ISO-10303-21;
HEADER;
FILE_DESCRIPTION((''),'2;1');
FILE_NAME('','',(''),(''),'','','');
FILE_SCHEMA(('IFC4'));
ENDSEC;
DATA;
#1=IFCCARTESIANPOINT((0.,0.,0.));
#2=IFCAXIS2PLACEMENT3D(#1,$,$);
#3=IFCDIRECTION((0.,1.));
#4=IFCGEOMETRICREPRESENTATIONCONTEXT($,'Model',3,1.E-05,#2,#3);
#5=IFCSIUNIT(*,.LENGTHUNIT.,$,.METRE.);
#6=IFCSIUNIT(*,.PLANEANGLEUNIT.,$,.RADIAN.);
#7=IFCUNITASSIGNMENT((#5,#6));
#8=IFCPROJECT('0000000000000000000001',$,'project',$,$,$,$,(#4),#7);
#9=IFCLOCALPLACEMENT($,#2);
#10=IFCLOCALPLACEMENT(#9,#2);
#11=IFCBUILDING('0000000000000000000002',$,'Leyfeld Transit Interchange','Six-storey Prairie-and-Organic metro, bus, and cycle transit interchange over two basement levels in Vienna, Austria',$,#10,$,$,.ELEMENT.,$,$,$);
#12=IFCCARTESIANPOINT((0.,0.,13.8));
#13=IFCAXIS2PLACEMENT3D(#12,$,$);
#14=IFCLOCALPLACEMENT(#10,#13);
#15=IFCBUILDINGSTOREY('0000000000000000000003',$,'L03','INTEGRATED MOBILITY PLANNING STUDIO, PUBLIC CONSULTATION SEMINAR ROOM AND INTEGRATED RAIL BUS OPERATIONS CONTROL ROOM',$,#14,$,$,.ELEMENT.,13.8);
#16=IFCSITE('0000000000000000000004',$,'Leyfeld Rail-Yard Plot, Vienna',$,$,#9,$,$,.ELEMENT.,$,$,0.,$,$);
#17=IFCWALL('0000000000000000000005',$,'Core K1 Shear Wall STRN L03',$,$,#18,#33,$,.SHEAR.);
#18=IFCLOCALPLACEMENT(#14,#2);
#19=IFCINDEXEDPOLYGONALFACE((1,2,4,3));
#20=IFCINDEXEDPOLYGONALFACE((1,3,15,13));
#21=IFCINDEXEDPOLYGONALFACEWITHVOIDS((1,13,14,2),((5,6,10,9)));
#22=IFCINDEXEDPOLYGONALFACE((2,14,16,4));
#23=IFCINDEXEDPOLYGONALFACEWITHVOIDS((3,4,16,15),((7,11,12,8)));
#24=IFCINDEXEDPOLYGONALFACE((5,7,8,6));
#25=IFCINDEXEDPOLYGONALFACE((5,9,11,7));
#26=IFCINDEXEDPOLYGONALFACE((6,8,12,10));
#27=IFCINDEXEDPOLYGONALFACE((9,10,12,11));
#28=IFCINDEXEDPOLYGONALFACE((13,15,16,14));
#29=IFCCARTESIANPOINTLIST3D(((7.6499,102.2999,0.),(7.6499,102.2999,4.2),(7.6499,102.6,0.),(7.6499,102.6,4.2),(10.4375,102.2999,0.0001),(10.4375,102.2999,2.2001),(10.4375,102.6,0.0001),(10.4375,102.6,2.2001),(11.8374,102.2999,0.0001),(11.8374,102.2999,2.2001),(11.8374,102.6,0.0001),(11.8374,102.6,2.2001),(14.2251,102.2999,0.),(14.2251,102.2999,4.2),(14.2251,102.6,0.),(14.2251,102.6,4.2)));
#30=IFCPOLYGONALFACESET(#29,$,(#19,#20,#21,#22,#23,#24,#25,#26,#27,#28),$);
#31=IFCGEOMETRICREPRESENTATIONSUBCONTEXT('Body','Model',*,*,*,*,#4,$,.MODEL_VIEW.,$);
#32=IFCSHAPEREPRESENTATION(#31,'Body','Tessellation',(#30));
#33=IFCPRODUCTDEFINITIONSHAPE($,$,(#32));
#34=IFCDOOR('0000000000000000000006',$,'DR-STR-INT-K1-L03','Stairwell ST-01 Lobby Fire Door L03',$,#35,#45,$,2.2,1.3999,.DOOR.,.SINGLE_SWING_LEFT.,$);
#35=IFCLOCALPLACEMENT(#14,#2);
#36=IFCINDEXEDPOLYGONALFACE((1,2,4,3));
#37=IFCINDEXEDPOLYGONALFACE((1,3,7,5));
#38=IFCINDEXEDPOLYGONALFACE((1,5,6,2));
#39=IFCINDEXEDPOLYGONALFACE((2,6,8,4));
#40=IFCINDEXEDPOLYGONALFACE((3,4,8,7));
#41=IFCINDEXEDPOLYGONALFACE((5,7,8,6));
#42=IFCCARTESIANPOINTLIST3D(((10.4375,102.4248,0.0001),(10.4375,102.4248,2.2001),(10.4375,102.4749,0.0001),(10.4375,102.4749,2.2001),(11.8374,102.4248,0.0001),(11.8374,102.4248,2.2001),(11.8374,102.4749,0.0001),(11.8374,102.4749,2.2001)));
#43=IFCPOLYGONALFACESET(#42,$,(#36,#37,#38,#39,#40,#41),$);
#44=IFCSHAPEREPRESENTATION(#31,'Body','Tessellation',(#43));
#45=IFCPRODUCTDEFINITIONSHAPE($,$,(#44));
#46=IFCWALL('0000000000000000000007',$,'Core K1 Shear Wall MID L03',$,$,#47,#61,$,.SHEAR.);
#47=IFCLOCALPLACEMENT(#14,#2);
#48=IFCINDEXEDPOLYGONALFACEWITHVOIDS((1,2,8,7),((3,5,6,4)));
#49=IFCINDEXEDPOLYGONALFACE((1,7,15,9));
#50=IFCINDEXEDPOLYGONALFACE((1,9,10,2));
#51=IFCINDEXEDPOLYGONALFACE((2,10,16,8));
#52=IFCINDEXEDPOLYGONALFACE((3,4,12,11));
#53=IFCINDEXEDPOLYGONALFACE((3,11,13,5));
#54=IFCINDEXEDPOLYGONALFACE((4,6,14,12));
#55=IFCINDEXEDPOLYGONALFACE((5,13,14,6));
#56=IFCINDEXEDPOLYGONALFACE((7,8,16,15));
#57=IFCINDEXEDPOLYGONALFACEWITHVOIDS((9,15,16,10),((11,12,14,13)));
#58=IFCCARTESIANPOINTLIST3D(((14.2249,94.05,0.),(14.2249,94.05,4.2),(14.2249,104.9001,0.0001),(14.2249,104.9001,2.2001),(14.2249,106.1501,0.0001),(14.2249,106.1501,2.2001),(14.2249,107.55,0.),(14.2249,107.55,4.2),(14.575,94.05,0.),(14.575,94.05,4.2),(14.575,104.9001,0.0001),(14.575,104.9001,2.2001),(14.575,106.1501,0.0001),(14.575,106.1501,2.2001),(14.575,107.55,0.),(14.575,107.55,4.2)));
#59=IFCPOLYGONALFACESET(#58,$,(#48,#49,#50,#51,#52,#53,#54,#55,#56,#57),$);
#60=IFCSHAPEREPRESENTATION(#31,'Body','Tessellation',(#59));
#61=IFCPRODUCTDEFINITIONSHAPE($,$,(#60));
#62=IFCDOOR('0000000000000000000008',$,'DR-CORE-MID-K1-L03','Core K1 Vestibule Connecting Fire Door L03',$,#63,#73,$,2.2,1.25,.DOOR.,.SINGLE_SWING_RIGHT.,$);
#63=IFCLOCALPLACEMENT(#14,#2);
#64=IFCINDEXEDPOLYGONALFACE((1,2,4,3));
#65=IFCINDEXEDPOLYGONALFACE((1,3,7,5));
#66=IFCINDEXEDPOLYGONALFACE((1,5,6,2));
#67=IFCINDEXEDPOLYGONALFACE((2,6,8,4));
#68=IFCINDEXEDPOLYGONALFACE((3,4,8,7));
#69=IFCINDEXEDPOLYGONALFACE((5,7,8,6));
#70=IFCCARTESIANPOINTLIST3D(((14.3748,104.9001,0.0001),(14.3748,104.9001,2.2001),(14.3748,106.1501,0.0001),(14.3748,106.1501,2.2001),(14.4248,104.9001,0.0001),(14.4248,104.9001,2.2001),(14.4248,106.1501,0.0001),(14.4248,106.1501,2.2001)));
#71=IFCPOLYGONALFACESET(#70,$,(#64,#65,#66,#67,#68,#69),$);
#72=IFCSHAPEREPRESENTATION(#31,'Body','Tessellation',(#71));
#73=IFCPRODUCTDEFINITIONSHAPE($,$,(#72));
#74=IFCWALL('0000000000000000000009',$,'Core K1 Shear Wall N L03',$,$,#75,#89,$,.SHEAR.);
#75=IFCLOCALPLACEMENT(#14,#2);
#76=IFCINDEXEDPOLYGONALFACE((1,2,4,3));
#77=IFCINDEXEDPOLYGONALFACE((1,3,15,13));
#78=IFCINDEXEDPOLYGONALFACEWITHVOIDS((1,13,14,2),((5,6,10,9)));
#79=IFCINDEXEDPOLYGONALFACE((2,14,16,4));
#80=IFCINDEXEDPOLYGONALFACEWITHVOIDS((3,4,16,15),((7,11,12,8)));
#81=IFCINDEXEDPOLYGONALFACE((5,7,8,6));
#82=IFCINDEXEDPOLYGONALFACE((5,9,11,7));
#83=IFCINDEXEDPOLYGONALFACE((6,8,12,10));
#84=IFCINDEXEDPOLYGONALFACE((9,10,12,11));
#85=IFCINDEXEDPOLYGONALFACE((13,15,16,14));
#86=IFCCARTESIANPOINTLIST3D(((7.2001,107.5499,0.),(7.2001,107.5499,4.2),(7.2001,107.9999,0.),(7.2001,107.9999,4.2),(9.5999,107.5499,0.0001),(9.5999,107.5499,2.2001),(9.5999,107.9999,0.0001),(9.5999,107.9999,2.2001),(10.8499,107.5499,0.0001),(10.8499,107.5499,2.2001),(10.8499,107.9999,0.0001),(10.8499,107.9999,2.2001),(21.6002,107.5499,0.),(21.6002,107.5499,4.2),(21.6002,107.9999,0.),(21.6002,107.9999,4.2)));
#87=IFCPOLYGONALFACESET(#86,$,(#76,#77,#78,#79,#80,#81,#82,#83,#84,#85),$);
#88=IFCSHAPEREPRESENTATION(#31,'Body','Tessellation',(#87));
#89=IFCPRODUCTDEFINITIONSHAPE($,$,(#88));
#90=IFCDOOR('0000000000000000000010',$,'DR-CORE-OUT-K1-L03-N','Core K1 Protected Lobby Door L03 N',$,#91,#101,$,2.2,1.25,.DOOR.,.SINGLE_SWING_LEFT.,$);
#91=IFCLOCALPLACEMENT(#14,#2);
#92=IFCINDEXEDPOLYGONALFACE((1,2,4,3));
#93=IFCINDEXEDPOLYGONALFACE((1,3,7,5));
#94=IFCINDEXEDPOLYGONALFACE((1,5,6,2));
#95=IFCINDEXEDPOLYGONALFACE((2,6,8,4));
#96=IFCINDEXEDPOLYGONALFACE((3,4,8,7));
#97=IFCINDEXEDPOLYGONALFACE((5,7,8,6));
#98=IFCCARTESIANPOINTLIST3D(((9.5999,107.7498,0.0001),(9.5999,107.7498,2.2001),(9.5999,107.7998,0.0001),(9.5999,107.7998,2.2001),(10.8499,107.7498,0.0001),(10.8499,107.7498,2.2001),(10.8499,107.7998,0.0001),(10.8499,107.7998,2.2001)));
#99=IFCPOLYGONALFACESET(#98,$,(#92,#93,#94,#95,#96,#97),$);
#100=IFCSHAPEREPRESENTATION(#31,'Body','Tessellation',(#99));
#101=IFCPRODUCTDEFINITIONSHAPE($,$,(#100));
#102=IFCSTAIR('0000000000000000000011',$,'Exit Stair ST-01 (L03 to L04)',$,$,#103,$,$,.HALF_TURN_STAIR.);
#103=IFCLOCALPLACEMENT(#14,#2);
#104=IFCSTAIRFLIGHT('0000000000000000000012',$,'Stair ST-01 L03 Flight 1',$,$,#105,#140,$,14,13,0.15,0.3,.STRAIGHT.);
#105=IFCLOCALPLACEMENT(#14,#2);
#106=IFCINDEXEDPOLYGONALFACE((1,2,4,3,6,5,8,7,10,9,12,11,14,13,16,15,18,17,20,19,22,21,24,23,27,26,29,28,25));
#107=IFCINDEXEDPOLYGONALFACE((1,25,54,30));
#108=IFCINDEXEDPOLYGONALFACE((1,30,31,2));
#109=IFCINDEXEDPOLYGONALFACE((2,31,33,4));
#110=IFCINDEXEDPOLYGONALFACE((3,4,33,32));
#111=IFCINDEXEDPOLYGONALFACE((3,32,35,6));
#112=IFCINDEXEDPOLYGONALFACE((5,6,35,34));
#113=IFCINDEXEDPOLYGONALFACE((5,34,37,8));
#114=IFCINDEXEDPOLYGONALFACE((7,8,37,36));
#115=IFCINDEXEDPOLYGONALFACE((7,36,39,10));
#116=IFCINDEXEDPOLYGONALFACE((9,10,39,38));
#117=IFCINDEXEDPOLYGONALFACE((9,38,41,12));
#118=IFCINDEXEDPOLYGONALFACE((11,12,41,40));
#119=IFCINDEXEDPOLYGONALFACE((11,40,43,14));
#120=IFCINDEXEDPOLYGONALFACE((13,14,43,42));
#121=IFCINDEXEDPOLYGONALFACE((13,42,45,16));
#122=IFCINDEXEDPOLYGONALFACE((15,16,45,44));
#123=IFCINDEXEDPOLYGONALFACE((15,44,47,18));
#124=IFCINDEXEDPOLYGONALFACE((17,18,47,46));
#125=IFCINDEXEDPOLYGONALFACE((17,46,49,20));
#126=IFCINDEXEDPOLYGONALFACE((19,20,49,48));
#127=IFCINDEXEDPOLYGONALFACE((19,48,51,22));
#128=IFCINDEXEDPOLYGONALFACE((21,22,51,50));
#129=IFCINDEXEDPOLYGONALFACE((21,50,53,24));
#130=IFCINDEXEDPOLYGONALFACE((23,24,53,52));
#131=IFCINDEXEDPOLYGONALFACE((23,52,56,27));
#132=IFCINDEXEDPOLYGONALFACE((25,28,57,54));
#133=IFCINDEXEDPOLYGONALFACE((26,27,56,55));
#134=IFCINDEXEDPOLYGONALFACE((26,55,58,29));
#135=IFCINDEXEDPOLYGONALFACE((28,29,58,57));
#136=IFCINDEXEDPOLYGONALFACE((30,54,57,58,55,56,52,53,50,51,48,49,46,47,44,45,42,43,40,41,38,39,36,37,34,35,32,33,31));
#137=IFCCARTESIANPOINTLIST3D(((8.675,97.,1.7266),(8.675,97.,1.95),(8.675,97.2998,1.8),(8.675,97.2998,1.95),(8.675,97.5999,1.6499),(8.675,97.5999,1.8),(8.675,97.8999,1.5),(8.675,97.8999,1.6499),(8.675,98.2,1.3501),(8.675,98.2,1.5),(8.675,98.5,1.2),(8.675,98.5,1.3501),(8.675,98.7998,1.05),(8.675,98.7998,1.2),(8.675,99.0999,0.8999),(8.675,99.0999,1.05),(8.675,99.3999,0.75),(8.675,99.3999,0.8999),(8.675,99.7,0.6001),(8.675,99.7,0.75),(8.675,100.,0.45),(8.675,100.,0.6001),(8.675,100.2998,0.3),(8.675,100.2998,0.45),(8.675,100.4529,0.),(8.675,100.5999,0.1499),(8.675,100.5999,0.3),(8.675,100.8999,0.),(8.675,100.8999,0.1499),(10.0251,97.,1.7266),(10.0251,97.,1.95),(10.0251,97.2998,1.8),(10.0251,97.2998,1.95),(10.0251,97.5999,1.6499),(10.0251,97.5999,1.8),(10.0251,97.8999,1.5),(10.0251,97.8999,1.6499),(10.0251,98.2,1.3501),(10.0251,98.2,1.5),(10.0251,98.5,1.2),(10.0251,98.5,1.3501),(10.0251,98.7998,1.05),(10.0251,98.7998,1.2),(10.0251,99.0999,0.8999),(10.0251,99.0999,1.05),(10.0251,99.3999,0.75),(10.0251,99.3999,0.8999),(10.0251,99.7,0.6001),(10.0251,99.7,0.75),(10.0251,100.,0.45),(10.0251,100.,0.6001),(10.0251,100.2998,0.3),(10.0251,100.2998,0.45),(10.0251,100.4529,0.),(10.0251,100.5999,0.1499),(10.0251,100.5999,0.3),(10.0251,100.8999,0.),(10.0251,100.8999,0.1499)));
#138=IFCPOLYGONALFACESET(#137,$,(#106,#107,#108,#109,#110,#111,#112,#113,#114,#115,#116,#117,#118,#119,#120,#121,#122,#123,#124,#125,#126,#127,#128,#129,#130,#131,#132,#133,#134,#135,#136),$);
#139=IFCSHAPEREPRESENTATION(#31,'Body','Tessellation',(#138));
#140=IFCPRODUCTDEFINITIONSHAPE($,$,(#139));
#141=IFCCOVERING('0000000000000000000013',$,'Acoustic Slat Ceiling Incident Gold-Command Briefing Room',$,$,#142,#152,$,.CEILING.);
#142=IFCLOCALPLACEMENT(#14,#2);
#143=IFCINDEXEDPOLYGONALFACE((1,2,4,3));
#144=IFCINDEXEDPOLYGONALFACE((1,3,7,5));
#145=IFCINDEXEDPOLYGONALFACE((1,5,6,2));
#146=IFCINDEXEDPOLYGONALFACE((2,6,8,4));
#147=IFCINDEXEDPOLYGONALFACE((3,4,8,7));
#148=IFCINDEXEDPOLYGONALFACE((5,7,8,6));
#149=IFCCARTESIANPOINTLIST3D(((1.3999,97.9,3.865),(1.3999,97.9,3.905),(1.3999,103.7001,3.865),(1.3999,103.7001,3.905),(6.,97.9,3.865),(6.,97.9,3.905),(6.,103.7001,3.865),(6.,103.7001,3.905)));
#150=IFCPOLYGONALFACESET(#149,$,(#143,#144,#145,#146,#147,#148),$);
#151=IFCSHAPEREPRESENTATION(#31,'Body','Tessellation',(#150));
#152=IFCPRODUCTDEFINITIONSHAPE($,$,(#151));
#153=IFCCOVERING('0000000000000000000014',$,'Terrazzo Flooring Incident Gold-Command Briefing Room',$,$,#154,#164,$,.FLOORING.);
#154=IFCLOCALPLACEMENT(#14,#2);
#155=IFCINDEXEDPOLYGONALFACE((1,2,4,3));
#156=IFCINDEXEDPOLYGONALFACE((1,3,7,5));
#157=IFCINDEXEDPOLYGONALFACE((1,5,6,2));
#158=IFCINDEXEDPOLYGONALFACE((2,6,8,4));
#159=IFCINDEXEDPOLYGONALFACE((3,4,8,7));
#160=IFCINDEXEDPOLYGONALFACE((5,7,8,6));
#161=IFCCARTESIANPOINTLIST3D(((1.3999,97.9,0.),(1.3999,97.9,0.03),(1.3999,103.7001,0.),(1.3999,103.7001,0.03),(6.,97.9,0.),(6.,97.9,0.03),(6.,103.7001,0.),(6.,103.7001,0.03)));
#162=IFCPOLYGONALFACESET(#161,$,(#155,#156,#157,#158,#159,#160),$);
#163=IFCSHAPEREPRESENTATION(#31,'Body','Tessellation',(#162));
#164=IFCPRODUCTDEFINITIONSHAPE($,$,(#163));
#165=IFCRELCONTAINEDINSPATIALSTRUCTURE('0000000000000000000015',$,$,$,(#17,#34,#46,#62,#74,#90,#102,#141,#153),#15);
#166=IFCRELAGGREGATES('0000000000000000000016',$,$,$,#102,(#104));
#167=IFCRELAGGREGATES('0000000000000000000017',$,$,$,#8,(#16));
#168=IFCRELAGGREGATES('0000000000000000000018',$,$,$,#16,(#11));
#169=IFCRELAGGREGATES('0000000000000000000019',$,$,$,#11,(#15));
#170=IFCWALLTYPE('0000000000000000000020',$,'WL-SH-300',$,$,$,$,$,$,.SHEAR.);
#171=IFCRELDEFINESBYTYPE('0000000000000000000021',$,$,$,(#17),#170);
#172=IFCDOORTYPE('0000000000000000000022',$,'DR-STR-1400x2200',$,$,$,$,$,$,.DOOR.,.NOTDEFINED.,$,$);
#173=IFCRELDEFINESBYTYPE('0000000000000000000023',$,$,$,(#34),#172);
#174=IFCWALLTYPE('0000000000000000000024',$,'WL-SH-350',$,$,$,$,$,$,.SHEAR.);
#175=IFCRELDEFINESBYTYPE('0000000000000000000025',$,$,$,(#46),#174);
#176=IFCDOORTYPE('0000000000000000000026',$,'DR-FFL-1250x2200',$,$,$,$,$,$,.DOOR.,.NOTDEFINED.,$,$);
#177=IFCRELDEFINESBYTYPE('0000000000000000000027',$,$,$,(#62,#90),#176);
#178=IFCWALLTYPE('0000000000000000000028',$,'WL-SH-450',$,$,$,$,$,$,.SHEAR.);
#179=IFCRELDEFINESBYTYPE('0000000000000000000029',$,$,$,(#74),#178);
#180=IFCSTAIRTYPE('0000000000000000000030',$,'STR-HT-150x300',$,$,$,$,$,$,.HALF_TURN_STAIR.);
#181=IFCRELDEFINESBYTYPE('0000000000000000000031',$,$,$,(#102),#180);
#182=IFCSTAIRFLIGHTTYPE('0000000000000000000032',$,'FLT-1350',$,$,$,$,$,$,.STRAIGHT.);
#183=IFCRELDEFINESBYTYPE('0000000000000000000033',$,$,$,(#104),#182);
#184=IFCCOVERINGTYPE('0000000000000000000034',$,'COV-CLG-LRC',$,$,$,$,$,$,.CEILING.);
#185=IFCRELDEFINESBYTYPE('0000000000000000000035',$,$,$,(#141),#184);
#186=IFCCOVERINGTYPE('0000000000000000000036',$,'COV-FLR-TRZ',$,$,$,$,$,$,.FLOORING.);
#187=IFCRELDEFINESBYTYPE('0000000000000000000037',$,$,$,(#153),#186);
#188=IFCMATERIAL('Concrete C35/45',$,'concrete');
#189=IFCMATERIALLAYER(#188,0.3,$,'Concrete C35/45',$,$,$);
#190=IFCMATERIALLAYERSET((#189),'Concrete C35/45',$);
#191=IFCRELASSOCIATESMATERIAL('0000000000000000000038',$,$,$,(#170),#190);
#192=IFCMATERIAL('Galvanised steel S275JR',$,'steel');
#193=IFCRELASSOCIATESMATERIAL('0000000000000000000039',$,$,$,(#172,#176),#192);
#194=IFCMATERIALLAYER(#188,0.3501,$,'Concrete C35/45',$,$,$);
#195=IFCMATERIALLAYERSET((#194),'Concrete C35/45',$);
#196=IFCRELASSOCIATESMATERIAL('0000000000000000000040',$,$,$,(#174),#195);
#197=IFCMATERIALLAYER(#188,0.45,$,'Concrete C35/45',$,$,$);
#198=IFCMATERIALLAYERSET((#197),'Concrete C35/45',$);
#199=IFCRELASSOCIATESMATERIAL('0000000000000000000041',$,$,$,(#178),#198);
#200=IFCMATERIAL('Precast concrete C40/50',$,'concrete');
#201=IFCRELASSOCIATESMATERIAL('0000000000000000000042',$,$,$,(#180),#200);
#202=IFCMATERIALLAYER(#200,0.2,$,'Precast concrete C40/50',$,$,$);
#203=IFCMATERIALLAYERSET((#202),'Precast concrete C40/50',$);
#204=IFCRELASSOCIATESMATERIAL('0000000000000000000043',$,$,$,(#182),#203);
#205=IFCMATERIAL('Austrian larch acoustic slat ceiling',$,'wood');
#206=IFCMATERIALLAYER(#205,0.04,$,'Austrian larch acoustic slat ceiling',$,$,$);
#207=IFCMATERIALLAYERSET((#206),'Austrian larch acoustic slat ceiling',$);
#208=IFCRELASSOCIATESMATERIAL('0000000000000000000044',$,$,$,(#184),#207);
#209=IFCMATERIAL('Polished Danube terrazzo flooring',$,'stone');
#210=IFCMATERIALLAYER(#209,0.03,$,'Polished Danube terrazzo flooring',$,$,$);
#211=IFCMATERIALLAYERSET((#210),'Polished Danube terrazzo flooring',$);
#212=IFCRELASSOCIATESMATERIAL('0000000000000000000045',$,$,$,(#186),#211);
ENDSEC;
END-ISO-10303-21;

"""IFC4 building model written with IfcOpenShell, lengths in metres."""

from ifc_helpers import new_model, si_unit, direction, frame, frame_2d, origin, origin_2d, place, context, subcontext, project, spatial, polyline, rectangle, outline, extrude, material, layer, layer_set, type_object, element, fill, aggregate, save


model = new_model("IFC4")

# Units and contexts
model_context = context("Model", 3, precision=1e-05, world=origin(), true_north=direction((0.0, 1.0)))
body_context = subcontext(model_context, "Body", "Model", "MODEL_VIEW")
ifc_project = project(units=[si_unit("LENGTHUNIT", "METRE"), si_unit("PLANEANGLEUNIT", "RADIAN")], contexts=[model_context])

# Site, building, storey
site_placement = place(None, origin())
site = spatial("IfcSite", under=ifc_project, at=site_placement, Name="Leyfeld Rail-Yard Plot, Vienna", CompositionType="ELEMENT", RefElevation=0.0)
building_placement = place(site_placement, origin())
building = spatial("IfcBuilding", under=site, at=building_placement, Name="Leyfeld Transit Interchange", Description="Six-storey Prairie-and-Organic metro, bus, and cycle transit interchange over two basement levels in Vienna, Austria", CompositionType="ELEMENT")
storey_placement = place(building_placement, frame((0.0, 0.0, 13.8)))
storey = spatial("IfcBuildingStorey", under=building, at=storey_placement, Name="L03", Description="INTEGRATED MOBILITY PLANNING STUDIO, PUBLIC CONSULTATION SEMINAR ROOM AND INTEGRATED RAIL BUS OPERATIONS CONTROL ROOM", CompositionType="ELEMENT", Elevation=13.8)

# Shared definitions
ifc_material_1 = material(Name="Concrete C35/45", Category="concrete")

# Walls, openings, doors
ifc_layer_1 = layer(ifc_material_1, 0.3, Name="Concrete C35/45")
ifc_layer_set_1 = layer_set([ifc_layer_1], Name="Concrete C35/45")
wall_type_1 = type_object("IfcWallType", Name="WL-SH-300", PredefinedType="SHEAR", material=ifc_layer_set_1)
wall_1_placement = place(storey_placement, frame((7.6499, 102.45, 0.0), z_axis=(0.0, 0.0, 1.0), x_axis=(1.0, 0.0, 0.0)))
wall_1 = element("IfcWall", 1, at=wall_1_placement, inside=storey, type_object=wall_type_1, Name="Core K1 Shear Wall STRN L03", PredefinedType="SHEAR", context=body_context, shape_type="SweptSolid", body=[
    extrude(rectangle(XDim=6.5752, YDim=0.3, at=frame_2d((3.2876, 0.0))), origin(), (0.0, 0.0, 1.0), 4.2),
])
opening_1_placement = place(wall_1_placement, frame((2.7876, 0.0, 0.0)))
opening_1 = element("IfcOpeningElement", 2, at=opening_1_placement, cuts=wall_1, PredefinedType="OPENING", context=body_context, shape_type="SweptSolid", body=[
    extrude(rectangle(XDim=1.3999, YDim=2.2, at=frame_2d((0.7, 1.1001))), frame((0.0, 0.1599, 0.0), z_axis=(0.0, -1.0, 0.0), x_axis=(1.0, 0.0, 0.0)), (0.0, 0.0, 1.0), 0.3201),
])
ifc_material_2 = material(Name="Galvanised steel S275JR", Category="steel")
door_type_1 = type_object("IfcDoorType", Name="DR-STR-1400x2200", OperationType="NOTDEFINED", PredefinedType="DOOR", material=ifc_material_2)
door_1_placement = place(opening_1_placement, origin())
door_1 = element("IfcDoor", 3, at=door_1_placement, inside=storey, type_object=door_type_1, Name="DR-STR-INT-K1-L03", Description="Stairwell ST-01 Lobby Fire Door L03", OperationType="SINGLE_SWING_LEFT", OverallHeight=2.2, OverallWidth=1.3999, PredefinedType="DOOR", context=body_context, shape_type="SweptSolid", body=[
    extrude(rectangle(XDim=1.3999, YDim=2.2, at=frame_2d((0.7, 1.1001))), frame((0.0, 0.0249, 0.0), z_axis=(0.0, -1.0, 0.0), x_axis=(1.0, 0.0, 0.0)), (0.0, 0.0, 1.0), 0.05),
])
fill(opening_1, door_1)
ifc_layer_2 = layer(ifc_material_1, 0.3501, Name="Concrete C35/45")
ifc_layer_set_2 = layer_set([ifc_layer_2], Name="Concrete C35/45")
wall_type_2 = type_object("IfcWallType", Name="WL-SH-350", PredefinedType="SHEAR", material=ifc_layer_set_2)
wall_2_placement = place(storey_placement, frame((14.3999, 107.55, 0.0), z_axis=(0.0, 0.0, 1.0), x_axis=(0.0, -1.0, 0.0)))
wall_2 = element("IfcWall", 4, at=wall_2_placement, inside=storey, type_object=wall_type_2, Name="Core K1 Shear Wall MID L03", PredefinedType="SHEAR", context=body_context, shape_type="SweptSolid", body=[
    extrude(rectangle(XDim=13.5, YDim=0.3501, at=frame_2d((6.75, 0.0))), origin(), (0.0, 0.0, 1.0), 4.2),
])
opening_2_placement = place(wall_2_placement, frame((1.3999, 0.0, 0.0)))
opening_2 = element("IfcOpeningElement", 5, at=opening_2_placement, cuts=wall_2, PredefinedType="OPENING", context=body_context, shape_type="SweptSolid", body=[
    extrude(rectangle(XDim=1.25, YDim=2.2, at=frame_2d((0.625, 1.1001))), frame((0.0, 0.1851, 0.0), z_axis=(0.0, -1.0, 0.0), x_axis=(1.0, 0.0, 0.0)), (0.0, 0.0, 1.0), 0.3701),
])
door_type_2 = type_object("IfcDoorType", Name="DR-FFL-1250x2200", OperationType="NOTDEFINED", PredefinedType="DOOR", material=ifc_material_2)
door_2_placement = place(opening_2_placement, origin())
door_2 = element("IfcDoor", 6, at=door_2_placement, inside=storey, type_object=door_type_2, Name="DR-CORE-MID-K1-L03", Description="Core K1 Vestibule Connecting Fire Door L03", OperationType="SINGLE_SWING_RIGHT", OverallHeight=2.2, OverallWidth=1.25, PredefinedType="DOOR", context=body_context, shape_type="SweptSolid", body=[
    extrude(rectangle(XDim=1.25, YDim=2.2, at=frame_2d((0.625, 1.1001))), frame((0.0, 0.0249, 0.0), z_axis=(0.0, -1.0, 0.0), x_axis=(1.0, 0.0, 0.0)), (0.0, 0.0, 1.0), 0.05),
])
fill(opening_2, door_2)
ifc_layer_3 = layer(ifc_material_1, 0.45, Name="Concrete C35/45")
ifc_layer_set_3 = layer_set([ifc_layer_3], Name="Concrete C35/45")
wall_type_3 = type_object("IfcWallType", Name="WL-SH-450", PredefinedType="SHEAR", material=ifc_layer_set_3)
wall_3_placement = place(storey_placement, frame((7.2, 107.7749, 0.0), z_axis=(0.0, 0.0, 1.0), x_axis=(1.0, 0.0, 0.0)))
wall_3 = element("IfcWall", 7, at=wall_3_placement, inside=storey, type_object=wall_type_3, Name="Core K1 Shear Wall N L03", PredefinedType="SHEAR", context=body_context, shape_type="SweptSolid", body=[
    extrude(rectangle(XDim=14.4001, YDim=0.45, at=frame_2d((7.2002, 0.0))), origin(), (0.0, 0.0, 1.0), 4.2),
])
opening_3_placement = place(wall_3_placement, frame((2.3999, 0.0, 0.0)))
opening_3 = element("IfcOpeningElement", 8, at=opening_3_placement, cuts=wall_3, PredefinedType="OPENING", context=body_context, shape_type="SweptSolid", body=[
    extrude(rectangle(XDim=1.25, YDim=2.2, at=frame_2d((0.625, 1.1001))), frame((0.0, 0.2349, 0.0), z_axis=(0.0, -1.0, 0.0), x_axis=(1.0, 0.0, 0.0)), (0.0, 0.0, 1.0), 0.47),
])
door_3_placement = place(opening_3_placement, origin())
door_3 = element("IfcDoor", 9, at=door_3_placement, inside=storey, type_object=door_type_2, Name="DR-CORE-OUT-K1-L03-N", Description="Core K1 Protected Lobby Door L03 N", OperationType="SINGLE_SWING_LEFT", OverallHeight=2.2, OverallWidth=1.25, PredefinedType="DOOR", context=body_context, shape_type="SweptSolid", body=[
    extrude(rectangle(XDim=1.25, YDim=2.2, at=frame_2d((0.625, 1.1001))), frame((0.0, 0.0249, 0.0), z_axis=(0.0, -1.0, 0.0), x_axis=(1.0, 0.0, 0.0)), (0.0, 0.0, 1.0), 0.05),
])
fill(opening_3, door_3)

# Stair, stair flight
ifc_material_3 = material(Name="Precast concrete C40/50", Category="concrete")
stair_type = type_object("IfcStairType", Name="STR-HT-150x300", PredefinedType="HALF_TURN_STAIR", material=ifc_material_3)
stair_placement = place(storey_placement, origin())
stair = element("IfcStair", 10, at=stair_placement, inside=storey, type_object=stair_type, Name="Exit Stair ST-01 (L03 to L04)", PredefinedType="HALF_TURN_STAIR")
ifc_layer_4 = layer(ifc_material_3, 0.2, Name="Precast concrete C40/50")
ifc_layer_set_4 = layer_set([ifc_layer_4], Name="Precast concrete C40/50")
stair_flight_type = type_object("IfcStairFlightType", Name="FLT-1350", PredefinedType="STRAIGHT", material=ifc_layer_set_4)
stair_flight_placement = place(storey_placement, frame((9.3501, 100.8999, 0.0), z_axis=(0.0, 0.0, 1.0), x_axis=(0.0, -1.0, 0.0)))
stair_flight = element("IfcStairFlight", 11, at=stair_flight_placement, type_object=stair_flight_type, Name="Stair ST-01 L03 Flight 1", NumberOfRisers=14, NumberOfTreads=13, PredefinedType="STRAIGHT", RiserHeight=0.15, TreadLength=0.3, context=body_context, shape_type="SweptSolid", body=[
    extrude(outline(polyline([(0.0, 0.0), (0.0, 0.1499), (0.3, 0.1499), (0.3, 0.3), (0.6001, 0.3), (0.6001, 0.45), (0.8999, 0.45), (0.8999, 0.6001), (1.2, 0.6001), (1.2, 0.75), (1.5, 0.75), (1.5, 0.8999), (1.8, 0.8999), (1.8, 1.05), (2.1001, 1.05), (2.1001, 1.2), (2.3999, 1.2), (2.3999, 1.3501), (2.7, 1.3501), (2.7, 1.5), (3.0, 1.5), (3.0, 1.6499), (3.3, 1.6499), (3.3, 1.8), (3.6001, 1.8), (3.6001, 1.95), (3.8999, 1.95), (3.8999, 2.1001), (3.8999, 1.7266), (0.447, 0.0), (0.0, 0.0)])), frame((0.0, 0.675, 0.0), z_axis=(0.0, -1.0, 0.0), x_axis=(1.0, 0.0, 0.0)), (0.0, 0.0, 1.0), 1.3501),
])
aggregate(stair, [stair_flight])

# Coverings
ifc_material_4 = material(Name="Austrian larch acoustic slat ceiling", Category="wood")
ifc_layer_5 = layer(ifc_material_4, 0.04, Name="Austrian larch acoustic slat ceiling")
ifc_layer_set_5 = layer_set([ifc_layer_5], Name="Austrian larch acoustic slat ceiling")
covering_type_1 = type_object("IfcCoveringType", Name="COV-CLG-LRC", PredefinedType="CEILING", material=ifc_layer_set_5)
covering_1_placement = place(storey_placement, frame((3.7, 100.8, 3.865), z_axis=(0.0, 0.0, 1.0), x_axis=(1.0, 0.0, 0.0)))
element("IfcCovering", 12, at=covering_1_placement, inside=storey, type_object=covering_type_1, Name="Acoustic Slat Ceiling Incident Gold-Command Briefing Room", PredefinedType="CEILING", context=body_context, shape_type="SweptSolid", body=[
    extrude(rectangle(XDim=4.6001, YDim=5.8, at=origin_2d()), origin(), (0.0, 0.0, 1.0), 0.04),
])
ifc_material_5 = material(Name="Polished Danube terrazzo flooring", Category="stone")
ifc_layer_6 = layer(ifc_material_5, 0.03, Name="Polished Danube terrazzo flooring")
ifc_layer_set_6 = layer_set([ifc_layer_6], Name="Polished Danube terrazzo flooring")
covering_type_2 = type_object("IfcCoveringType", Name="COV-FLR-TRZ", PredefinedType="FLOORING", material=ifc_layer_set_6)
covering_2_placement = place(storey_placement, frame((3.7, 100.8, 0.0), z_axis=(0.0, 0.0, 1.0), x_axis=(1.0, 0.0, 0.0)))
element("IfcCovering", 13, at=covering_2_placement, inside=storey, type_object=covering_type_2, Name="Terrazzo Flooring Incident Gold-Command Briefing Room", PredefinedType="FLOORING", context=body_context, shape_type="SweptSolid", body=[
    extrude(rectangle(XDim=4.6001, YDim=5.8, at=origin_2d()), origin(), (0.0, 0.0, 1.0), 0.03),
])

save(model, "model.ifc")
